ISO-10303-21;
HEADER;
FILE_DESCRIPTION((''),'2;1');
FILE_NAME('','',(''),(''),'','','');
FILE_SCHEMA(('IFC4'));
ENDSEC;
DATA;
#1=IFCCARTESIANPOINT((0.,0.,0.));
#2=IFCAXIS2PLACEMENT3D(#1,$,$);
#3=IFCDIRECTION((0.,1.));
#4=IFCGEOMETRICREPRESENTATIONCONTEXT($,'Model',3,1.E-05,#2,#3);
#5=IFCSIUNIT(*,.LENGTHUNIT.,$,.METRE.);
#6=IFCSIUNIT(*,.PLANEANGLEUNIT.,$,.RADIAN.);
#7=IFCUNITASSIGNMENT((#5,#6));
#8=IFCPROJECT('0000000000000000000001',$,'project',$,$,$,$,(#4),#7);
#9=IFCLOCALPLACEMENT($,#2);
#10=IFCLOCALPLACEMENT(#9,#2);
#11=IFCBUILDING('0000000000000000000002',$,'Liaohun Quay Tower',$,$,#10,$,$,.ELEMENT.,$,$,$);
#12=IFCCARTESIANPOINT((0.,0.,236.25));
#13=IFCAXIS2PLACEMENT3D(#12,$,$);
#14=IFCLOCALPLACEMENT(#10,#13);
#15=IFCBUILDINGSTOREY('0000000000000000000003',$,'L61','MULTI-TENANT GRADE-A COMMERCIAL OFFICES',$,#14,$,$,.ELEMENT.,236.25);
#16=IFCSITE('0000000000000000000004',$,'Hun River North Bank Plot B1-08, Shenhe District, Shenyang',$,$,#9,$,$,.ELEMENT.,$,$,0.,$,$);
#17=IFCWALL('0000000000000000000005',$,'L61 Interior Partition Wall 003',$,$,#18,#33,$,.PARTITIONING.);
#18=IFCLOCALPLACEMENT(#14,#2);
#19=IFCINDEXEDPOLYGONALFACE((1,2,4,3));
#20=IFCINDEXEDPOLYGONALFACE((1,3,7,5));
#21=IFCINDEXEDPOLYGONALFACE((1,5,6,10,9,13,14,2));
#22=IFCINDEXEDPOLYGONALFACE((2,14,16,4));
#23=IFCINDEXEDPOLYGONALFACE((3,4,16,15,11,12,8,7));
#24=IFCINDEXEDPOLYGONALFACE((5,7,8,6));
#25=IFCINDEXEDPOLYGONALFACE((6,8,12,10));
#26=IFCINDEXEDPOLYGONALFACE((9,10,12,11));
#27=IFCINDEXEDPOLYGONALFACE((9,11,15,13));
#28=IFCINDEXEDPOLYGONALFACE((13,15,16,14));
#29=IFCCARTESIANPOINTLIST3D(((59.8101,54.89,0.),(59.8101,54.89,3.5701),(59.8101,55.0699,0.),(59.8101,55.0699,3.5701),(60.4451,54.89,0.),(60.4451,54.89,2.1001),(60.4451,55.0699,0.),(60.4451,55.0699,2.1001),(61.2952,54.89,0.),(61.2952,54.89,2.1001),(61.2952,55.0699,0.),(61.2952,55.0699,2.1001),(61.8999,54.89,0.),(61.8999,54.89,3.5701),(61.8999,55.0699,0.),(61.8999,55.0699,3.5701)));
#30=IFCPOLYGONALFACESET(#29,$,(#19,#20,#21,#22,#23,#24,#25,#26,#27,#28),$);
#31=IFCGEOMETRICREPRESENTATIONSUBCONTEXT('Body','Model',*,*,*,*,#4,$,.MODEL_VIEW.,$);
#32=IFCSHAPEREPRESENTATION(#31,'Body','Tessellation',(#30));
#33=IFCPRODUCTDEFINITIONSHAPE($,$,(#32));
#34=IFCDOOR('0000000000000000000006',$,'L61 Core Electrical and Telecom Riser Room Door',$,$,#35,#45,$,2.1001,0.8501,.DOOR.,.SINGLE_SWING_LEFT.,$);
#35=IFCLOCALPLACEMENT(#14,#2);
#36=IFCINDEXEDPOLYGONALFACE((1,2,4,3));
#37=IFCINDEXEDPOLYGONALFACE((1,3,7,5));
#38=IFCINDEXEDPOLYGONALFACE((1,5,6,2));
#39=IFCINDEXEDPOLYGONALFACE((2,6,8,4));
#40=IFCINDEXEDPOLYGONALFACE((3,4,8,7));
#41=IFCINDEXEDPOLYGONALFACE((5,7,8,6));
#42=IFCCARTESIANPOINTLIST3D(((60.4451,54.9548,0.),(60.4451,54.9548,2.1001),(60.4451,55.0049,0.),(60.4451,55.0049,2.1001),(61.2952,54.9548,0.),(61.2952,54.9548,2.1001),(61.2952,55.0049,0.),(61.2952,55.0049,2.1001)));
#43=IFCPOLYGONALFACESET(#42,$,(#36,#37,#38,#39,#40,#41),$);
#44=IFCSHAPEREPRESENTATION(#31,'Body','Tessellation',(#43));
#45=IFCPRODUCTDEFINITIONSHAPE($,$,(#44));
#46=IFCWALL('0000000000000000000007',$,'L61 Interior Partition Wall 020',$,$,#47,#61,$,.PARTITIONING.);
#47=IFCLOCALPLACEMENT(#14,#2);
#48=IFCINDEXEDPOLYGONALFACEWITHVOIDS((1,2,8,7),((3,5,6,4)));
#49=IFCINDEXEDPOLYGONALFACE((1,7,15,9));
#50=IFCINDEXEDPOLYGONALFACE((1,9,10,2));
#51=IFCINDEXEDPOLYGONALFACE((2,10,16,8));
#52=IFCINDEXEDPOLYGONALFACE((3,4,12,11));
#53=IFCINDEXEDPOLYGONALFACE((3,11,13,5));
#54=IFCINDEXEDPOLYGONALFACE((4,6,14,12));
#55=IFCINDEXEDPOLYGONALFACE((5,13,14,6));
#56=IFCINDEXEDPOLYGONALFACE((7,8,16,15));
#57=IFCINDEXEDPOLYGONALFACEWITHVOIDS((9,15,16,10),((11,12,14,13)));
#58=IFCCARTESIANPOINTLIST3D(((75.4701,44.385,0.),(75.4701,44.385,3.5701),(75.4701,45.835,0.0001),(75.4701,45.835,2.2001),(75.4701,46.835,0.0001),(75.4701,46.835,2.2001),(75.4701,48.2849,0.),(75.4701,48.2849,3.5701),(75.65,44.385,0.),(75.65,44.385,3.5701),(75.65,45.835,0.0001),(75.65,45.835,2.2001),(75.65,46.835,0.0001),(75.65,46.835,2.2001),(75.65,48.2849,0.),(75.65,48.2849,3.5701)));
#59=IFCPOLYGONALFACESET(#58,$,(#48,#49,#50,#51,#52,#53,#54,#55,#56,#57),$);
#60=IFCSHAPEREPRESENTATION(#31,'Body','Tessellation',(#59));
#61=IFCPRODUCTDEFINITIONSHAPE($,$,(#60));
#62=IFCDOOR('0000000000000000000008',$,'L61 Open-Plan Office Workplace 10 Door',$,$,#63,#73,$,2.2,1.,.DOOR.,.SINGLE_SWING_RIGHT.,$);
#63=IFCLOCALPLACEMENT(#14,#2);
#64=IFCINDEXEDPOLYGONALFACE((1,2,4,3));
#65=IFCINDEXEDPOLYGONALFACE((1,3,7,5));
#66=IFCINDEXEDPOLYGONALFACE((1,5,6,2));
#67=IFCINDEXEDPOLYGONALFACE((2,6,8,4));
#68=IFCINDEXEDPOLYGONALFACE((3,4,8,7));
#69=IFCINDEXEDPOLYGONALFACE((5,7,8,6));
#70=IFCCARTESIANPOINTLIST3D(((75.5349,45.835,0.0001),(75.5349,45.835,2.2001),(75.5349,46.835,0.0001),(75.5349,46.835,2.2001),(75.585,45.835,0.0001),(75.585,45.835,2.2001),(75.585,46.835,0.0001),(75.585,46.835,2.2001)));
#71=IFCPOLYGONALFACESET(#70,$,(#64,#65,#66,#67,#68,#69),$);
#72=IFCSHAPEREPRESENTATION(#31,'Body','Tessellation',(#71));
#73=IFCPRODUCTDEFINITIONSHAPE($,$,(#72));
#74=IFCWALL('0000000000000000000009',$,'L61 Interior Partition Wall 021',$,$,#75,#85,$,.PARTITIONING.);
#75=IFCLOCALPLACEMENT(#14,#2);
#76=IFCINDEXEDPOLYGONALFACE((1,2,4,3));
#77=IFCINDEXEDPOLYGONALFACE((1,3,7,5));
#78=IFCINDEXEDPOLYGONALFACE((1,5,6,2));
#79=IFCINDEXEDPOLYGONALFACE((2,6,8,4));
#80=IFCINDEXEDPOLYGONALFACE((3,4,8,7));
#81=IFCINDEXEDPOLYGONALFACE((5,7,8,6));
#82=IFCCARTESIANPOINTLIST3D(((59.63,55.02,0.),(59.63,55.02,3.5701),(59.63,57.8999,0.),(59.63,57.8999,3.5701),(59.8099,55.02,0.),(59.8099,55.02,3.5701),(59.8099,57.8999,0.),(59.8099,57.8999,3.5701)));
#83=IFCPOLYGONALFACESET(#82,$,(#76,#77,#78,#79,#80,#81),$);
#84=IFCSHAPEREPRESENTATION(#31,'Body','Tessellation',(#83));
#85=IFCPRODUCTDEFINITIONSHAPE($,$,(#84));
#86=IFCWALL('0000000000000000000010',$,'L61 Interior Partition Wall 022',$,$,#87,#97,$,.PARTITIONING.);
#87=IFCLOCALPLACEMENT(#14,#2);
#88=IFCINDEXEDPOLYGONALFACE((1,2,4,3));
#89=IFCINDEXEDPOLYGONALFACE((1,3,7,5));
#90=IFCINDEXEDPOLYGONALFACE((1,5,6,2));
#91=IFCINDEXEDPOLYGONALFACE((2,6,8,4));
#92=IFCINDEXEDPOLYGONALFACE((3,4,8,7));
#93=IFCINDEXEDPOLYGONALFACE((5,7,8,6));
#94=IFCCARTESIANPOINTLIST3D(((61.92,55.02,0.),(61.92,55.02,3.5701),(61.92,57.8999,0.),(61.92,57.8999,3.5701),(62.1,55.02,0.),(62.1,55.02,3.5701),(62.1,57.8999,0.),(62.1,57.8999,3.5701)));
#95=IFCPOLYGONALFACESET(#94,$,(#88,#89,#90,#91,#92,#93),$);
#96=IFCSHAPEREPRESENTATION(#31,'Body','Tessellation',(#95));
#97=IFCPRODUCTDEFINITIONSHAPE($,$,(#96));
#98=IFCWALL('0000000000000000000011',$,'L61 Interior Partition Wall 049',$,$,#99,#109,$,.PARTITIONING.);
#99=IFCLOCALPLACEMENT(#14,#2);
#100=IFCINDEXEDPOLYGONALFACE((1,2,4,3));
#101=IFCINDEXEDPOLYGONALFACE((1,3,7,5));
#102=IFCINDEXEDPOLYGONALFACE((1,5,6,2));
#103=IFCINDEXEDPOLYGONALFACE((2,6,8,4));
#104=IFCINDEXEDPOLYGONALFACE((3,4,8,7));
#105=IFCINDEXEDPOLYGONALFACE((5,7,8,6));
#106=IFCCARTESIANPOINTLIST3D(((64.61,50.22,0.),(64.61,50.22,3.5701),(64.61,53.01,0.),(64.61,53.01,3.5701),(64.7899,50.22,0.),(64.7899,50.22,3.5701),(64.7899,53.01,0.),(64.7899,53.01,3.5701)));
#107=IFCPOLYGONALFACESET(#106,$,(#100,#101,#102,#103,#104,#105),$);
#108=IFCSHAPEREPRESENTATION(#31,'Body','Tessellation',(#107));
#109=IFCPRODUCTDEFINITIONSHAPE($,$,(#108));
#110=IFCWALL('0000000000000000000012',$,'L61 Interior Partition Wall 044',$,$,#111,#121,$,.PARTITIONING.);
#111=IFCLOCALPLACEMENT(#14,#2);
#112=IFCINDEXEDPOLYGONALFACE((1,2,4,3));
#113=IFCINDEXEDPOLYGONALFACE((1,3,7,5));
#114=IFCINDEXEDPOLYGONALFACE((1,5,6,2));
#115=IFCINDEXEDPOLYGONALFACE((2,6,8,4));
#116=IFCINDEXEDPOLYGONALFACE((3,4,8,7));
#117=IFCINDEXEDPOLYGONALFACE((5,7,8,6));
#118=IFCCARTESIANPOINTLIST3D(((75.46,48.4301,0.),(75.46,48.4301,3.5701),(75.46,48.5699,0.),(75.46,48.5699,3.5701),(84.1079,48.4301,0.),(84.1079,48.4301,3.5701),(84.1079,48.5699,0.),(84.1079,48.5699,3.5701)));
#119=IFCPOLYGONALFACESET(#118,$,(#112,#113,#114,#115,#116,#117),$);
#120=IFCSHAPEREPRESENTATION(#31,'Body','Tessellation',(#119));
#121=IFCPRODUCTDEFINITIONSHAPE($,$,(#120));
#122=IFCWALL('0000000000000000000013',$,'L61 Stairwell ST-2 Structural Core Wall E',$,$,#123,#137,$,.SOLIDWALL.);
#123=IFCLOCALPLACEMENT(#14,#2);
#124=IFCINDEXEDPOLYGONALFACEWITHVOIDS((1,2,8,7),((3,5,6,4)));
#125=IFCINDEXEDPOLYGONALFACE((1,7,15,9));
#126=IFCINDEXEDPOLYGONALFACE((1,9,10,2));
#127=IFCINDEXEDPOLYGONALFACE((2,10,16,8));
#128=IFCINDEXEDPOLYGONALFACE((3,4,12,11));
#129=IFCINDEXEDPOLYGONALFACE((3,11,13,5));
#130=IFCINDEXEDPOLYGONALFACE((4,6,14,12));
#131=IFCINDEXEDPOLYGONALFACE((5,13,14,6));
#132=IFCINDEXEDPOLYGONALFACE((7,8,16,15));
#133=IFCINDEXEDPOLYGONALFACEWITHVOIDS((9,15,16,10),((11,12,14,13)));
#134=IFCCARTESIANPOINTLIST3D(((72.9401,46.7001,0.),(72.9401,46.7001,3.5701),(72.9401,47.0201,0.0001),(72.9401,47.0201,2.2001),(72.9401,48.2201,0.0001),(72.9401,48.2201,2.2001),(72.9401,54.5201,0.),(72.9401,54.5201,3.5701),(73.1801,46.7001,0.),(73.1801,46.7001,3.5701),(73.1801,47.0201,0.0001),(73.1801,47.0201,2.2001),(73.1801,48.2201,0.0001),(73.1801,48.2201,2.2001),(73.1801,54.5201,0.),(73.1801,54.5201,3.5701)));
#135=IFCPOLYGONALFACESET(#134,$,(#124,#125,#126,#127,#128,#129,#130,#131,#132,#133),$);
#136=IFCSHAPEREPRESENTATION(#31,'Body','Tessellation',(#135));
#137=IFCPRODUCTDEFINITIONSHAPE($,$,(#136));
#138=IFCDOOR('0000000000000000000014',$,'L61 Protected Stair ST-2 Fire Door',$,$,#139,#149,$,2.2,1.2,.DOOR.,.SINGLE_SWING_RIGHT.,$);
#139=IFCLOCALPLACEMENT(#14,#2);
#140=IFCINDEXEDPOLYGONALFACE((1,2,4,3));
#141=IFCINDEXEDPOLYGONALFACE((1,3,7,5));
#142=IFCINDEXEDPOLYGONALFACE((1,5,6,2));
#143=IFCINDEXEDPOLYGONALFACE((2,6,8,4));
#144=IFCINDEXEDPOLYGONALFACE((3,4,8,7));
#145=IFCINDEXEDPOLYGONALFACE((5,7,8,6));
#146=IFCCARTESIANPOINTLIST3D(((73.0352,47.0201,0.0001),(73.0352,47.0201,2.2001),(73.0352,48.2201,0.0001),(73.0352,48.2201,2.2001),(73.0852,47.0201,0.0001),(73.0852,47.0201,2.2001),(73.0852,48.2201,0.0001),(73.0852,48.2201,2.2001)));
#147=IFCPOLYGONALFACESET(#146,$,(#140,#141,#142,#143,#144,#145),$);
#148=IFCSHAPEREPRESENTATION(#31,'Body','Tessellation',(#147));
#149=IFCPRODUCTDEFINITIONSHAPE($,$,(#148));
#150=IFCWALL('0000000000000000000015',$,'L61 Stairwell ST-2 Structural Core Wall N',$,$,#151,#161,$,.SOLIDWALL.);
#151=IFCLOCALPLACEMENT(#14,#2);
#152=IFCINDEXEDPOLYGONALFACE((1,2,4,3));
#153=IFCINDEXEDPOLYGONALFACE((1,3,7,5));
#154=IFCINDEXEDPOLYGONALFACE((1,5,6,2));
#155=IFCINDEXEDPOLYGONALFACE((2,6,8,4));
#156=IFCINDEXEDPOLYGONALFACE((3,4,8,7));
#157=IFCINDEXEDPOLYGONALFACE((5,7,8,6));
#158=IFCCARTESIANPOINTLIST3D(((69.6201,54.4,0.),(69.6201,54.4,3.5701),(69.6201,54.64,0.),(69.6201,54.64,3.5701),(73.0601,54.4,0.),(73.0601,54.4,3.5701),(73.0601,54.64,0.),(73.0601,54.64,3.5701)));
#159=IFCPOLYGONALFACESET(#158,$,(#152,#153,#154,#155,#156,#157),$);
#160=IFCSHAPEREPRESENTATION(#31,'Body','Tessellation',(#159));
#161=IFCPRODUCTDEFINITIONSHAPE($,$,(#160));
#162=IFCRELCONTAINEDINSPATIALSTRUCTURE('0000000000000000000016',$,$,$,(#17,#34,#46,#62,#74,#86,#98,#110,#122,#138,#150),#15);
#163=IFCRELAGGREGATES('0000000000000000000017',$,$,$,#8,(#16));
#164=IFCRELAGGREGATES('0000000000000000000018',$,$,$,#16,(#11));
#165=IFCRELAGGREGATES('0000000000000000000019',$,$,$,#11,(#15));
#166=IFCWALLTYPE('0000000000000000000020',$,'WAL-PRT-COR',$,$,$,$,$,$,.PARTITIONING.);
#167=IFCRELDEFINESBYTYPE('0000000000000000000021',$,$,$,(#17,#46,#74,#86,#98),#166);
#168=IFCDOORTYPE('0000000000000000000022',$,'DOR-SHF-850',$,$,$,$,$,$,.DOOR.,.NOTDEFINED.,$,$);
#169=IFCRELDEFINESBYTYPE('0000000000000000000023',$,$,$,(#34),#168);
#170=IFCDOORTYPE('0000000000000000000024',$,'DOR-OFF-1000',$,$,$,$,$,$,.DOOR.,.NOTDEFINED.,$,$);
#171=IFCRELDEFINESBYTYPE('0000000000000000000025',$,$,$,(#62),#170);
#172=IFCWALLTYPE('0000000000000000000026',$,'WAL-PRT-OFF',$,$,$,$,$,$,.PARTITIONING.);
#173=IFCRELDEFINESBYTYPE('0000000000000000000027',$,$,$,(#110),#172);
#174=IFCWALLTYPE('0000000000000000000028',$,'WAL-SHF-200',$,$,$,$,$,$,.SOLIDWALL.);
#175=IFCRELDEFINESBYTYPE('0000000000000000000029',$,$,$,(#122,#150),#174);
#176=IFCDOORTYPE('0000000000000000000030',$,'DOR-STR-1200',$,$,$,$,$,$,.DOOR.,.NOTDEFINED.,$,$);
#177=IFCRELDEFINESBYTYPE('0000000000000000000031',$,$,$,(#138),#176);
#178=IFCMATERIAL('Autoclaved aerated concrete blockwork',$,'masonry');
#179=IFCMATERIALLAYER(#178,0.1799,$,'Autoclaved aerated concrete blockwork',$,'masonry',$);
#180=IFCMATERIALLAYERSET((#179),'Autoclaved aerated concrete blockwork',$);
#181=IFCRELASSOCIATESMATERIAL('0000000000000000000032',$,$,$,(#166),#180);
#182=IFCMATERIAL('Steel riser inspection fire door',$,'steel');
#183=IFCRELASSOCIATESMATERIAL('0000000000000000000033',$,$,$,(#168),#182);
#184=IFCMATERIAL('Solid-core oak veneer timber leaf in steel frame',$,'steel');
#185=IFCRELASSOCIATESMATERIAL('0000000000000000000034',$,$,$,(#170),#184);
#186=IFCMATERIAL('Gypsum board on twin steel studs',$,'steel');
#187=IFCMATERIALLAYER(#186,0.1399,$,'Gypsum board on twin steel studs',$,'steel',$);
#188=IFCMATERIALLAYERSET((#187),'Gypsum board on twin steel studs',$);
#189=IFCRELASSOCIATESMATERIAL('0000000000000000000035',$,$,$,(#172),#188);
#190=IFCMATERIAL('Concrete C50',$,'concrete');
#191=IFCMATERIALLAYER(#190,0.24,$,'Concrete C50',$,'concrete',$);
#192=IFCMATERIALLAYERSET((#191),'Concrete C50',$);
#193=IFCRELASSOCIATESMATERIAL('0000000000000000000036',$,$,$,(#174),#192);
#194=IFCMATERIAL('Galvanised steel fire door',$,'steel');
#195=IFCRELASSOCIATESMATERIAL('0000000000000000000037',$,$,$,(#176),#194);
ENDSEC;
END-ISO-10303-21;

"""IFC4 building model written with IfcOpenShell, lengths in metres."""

from ifc_helpers import new_model, si_unit, direction, frame, frame_2d, origin, place, context, subcontext, project, spatial, rectangle, extrude, source, transform, mapped, material, layer, layer_set, type_object, element, fill, save


model = new_model("IFC4")

# Units and contexts
model_context = context("Model", 3, precision=1e-05, world=origin(), true_north=direction((0.0, 1.0)))
body_context = subcontext(model_context, "Body", "Model", "MODEL_VIEW")
ifc_project = project(units=[si_unit("LENGTHUNIT", "METRE"), si_unit("PLANEANGLEUNIT", "RADIAN")], contexts=[model_context])

# Site, building, storey
site_placement = place(None, origin())
site = spatial("IfcSite", under=ifc_project, at=site_placement, Name="Hun River North Bank Plot B1-08, Shenhe District, Shenyang", CompositionType="ELEMENT", RefElevation=0.0)
building_placement = place(site_placement, origin())
building = spatial("IfcBuilding", under=site, at=building_placement, Name="Liaohun Quay Tower", CompositionType="ELEMENT")
storey_placement = place(building_placement, frame((0.0, 0.0, 236.25)))
storey = spatial("IfcBuildingStorey", under=building, at=storey_placement, Name="L61", Description="MULTI-TENANT GRADE-A COMMERCIAL OFFICES", CompositionType="ELEMENT", Elevation=236.25)

# Walls, openings, doors
ifc_material_1 = material(Name="Autoclaved aerated concrete blockwork", Category="masonry")
ifc_layer_1 = layer(ifc_material_1, 0.1799, Name="Autoclaved aerated concrete blockwork", Category="masonry")
ifc_layer_set_1 = layer_set([ifc_layer_1], Name="Autoclaved aerated concrete blockwork")
wall_type_1 = type_object("IfcWallType", Name="WAL-PRT-COR", PredefinedType="PARTITIONING", material=ifc_layer_set_1)
wall_1_placement = place(storey_placement, frame((59.8101, 54.98, 0.0), z_axis=(0.0, 0.0, 1.0), x_axis=(1.0, 0.0, 0.0)))
wall_1 = element("IfcWall", 1, at=wall_1_placement, inside=storey, type_object=wall_type_1, Name="L61 Interior Partition Wall 003", PredefinedType="PARTITIONING", context=body_context, shape_type="SweptSolid", body=[
    extrude(rectangle(XDim=2.0898, YDim=0.1799, at=frame_2d((1.0449, 0.0))), origin(), (0.0, 0.0, 1.0), 3.5701),
])
shared_shape_1 = source(origin(), body_context, "Body", "SweptSolid", [
    extrude(rectangle(XDim=0.8501, YDim=2.1001, at=frame_2d((0.425, 1.05))), frame((0.0, 0.0999, 0.0), z_axis=(0.0, -1.0, 0.0), x_axis=(1.0, 0.0, 0.0)), (0.0, 0.0, 1.0), 0.2),
])
opening_1_placement = place(wall_1_placement, frame((0.635, 0.0, 0.0)))
opening_1 = element("IfcOpeningElement", 2, at=opening_1_placement, cuts=wall_1, PredefinedType="OPENING", context=body_context, shape_type="MappedRepresentation", body=[
    mapped(shared_shape_1, transform((0.0, 0.0, 0.0), x_axis=(1.0, 0.0, 0.0), y_axis=(0.0, 1.0, 0.0), z_axis=(0.0, 0.0, 1.0), scale=1.0)),
])
ifc_material_2 = material(Name="Steel riser inspection fire door", Category="steel")
door_type_1 = type_object("IfcDoorType", Name="DOR-SHF-850", OperationType="NOTDEFINED", PredefinedType="DOOR", material=ifc_material_2)
shared_shape_2 = source(origin(), body_context, "Body", "SweptSolid", [
    extrude(rectangle(XDim=0.8501, YDim=2.1001, at=frame_2d((0.425, 1.05))), frame((0.0, 0.0249, 0.0), z_axis=(0.0, -1.0, 0.0), x_axis=(1.0, 0.0, 0.0)), (0.0, 0.0, 1.0), 0.05),
])
door_1_placement = place(opening_1_placement, origin())
door_1 = element("IfcDoor", 3, at=door_1_placement, inside=storey, type_object=door_type_1, Name="L61 Core Electrical and Telecom Riser Room Door", OperationType="SINGLE_SWING_LEFT", OverallHeight=2.1001, OverallWidth=0.8501, PredefinedType="DOOR", context=body_context, shape_type="MappedRepresentation", body=[
    mapped(shared_shape_2, transform((0.0, 0.0, 0.0), x_axis=(1.0, 0.0, 0.0), y_axis=(0.0, 1.0, 0.0), z_axis=(0.0, 0.0, 1.0), scale=1.0)),
])
fill(opening_1, door_1)
wall_2_placement = place(storey_placement, frame((75.5601, 48.2849, 0.0), z_axis=(0.0, 0.0, 1.0), x_axis=(0.0, -1.0, 0.0)))
wall_2 = element("IfcWall", 4, at=wall_2_placement, inside=storey, type_object=wall_type_1, Name="L61 Interior Partition Wall 020", PredefinedType="PARTITIONING", context=body_context, shape_type="SweptSolid", body=[
    extrude(rectangle(XDim=3.8999, YDim=0.1799, at=frame_2d((1.95, 0.0))), origin(), (0.0, 0.0, 1.0), 3.5701),
])
shared_shape_3 = source(origin(), body_context, "Body", "SweptSolid", [
    extrude(rectangle(XDim=1.0, YDim=2.2, at=frame_2d((0.5, 1.1001))), frame((0.0, 0.0999, 0.0), z_axis=(0.0, -1.0, 0.0), x_axis=(1.0, 0.0, 0.0)), (0.0, 0.0, 1.0), 0.2),
])
opening_2_placement = place(wall_2_placement, frame((1.45, 0.0, 0.0)))
opening_2 = element("IfcOpeningElement", 5, at=opening_2_placement, cuts=wall_2, PredefinedType="OPENING", context=body_context, shape_type="MappedRepresentation", body=[
    mapped(shared_shape_3, transform((0.0, 0.0, 0.0), x_axis=(1.0, 0.0, 0.0), y_axis=(0.0, 1.0, 0.0), z_axis=(0.0, 0.0, 1.0), scale=1.0)),
])
ifc_material_3 = material(Name="Solid-core oak veneer timber leaf in steel frame", Category="steel")
door_type_2 = type_object("IfcDoorType", Name="DOR-OFF-1000", OperationType="NOTDEFINED", PredefinedType="DOOR", material=ifc_material_3)
shared_shape_4 = source(origin(), body_context, "Body", "SweptSolid", [
    extrude(rectangle(XDim=1.0, YDim=2.2, at=frame_2d((0.5, 1.1001))), frame((0.0, 0.0249, 0.0), z_axis=(0.0, -1.0, 0.0), x_axis=(1.0, 0.0, 0.0)), (0.0, 0.0, 1.0), 0.05),
])
door_2_placement = place(opening_2_placement, origin())
door_2 = element("IfcDoor", 6, at=door_2_placement, inside=storey, type_object=door_type_2, Name="L61 Open-Plan Office Workplace 10 Door", OperationType="SINGLE_SWING_RIGHT", OverallHeight=2.2, OverallWidth=1.0, PredefinedType="DOOR", context=body_context, shape_type="MappedRepresentation", body=[
    mapped(shared_shape_4, transform((0.0, 0.0, 0.0), x_axis=(1.0, 0.0, 0.0), y_axis=(0.0, 1.0, 0.0), z_axis=(0.0, 0.0, 1.0), scale=1.0)),
])
fill(opening_2, door_2)

# Walls
for number, where, z_axis, x_axis, name in (
    (7, (59.72, 55.02, 0.0), (0.0, 0.0, 1.0), (0.0, 1.0, 0.0), "L61 Interior Partition Wall 021"),
    (8, (62.01, 55.02, 0.0), (0.0, 0.0, 1.0), (0.0, 1.0, 0.0), "L61 Interior Partition Wall 022"),
):
    element("IfcWall", number, at=place(storey_placement, frame(where, z_axis=z_axis, x_axis=x_axis)), inside=storey, type_object=wall_type_1, Name=name, PredefinedType="PARTITIONING", context=body_context, shape_type="SweptSolid", body=[
        extrude(rectangle(XDim=2.8799, YDim=0.1799, at=frame_2d((1.4399, 0.0))), origin(), (0.0, 0.0, 1.0), 3.5701),
    ])
wall_3_placement = place(storey_placement, frame((64.7, 50.22, 0.0), z_axis=(0.0, 0.0, 1.0), x_axis=(0.0, 1.0, 0.0)))
element("IfcWall", 9, at=wall_3_placement, inside=storey, type_object=wall_type_1, Name="L61 Interior Partition Wall 049", PredefinedType="PARTITIONING", context=body_context, shape_type="SweptSolid", body=[
    extrude(rectangle(XDim=2.79, YDim=0.1799, at=frame_2d((1.395, 0.0))), origin(), (0.0, 0.0, 1.0), 3.5701),
])
ifc_material_4 = material(Name="Gypsum board on twin steel studs", Category="steel")
ifc_layer_2 = layer(ifc_material_4, 0.1399, Name="Gypsum board on twin steel studs", Category="steel")
ifc_layer_set_2 = layer_set([ifc_layer_2], Name="Gypsum board on twin steel studs")
wall_type_2 = type_object("IfcWallType", Name="WAL-PRT-OFF", PredefinedType="PARTITIONING", material=ifc_layer_set_2)
wall_4_placement = place(storey_placement, frame((75.46, 48.5, 0.0), z_axis=(0.0, 0.0, 1.0), x_axis=(1.0, 0.0, 0.0)))
element("IfcWall", 10, at=wall_4_placement, inside=storey, type_object=wall_type_2, Name="L61 Interior Partition Wall 044", PredefinedType="PARTITIONING", context=body_context, shape_type="SweptSolid", body=[
    extrude(rectangle(XDim=8.6479, YDim=0.1399, at=frame_2d((4.324, 0.0))), origin(), (0.0, 0.0, 1.0), 3.5701),
])

# Wall, opening, door
ifc_material_5 = material(Name="Concrete C50", Category="concrete")
ifc_layer_3 = layer(ifc_material_5, 0.24, Name="Concrete C50", Category="concrete")
ifc_layer_set_3 = layer_set([ifc_layer_3], Name="Concrete C50")
wall_type_3 = type_object("IfcWallType", Name="WAL-SHF-200", PredefinedType="SOLIDWALL", material=ifc_layer_set_3)
wall_5_placement = place(storey_placement, frame((73.0601, 46.7, 0.0), z_axis=(0.0, 0.0, 1.0), x_axis=(0.0, 1.0, 0.0)))
wall_5 = element("IfcWall", 11, at=wall_5_placement, inside=storey, type_object=wall_type_3, Name="L61 Stairwell ST-2 Structural Core Wall E", PredefinedType="SOLIDWALL", context=body_context, shape_type="SweptSolid", body=[
    extrude(rectangle(XDim=7.8201, YDim=0.24, at=frame_2d((3.9102, 0.0))), origin(), (0.0, 0.0, 1.0), 3.5701),
])
shared_shape_5 = source(origin(), body_context, "Body", "SweptSolid", [
    extrude(rectangle(XDim=1.2, YDim=2.2, at=frame_2d((0.6001, 1.1001))), frame((0.0, 0.1299, 0.0), z_axis=(0.0, -1.0, 0.0), x_axis=(1.0, 0.0, 0.0)), (0.0, 0.0, 1.0), 0.26),
])
opening_3_placement = place(wall_5_placement, frame((0.3201, 0.0, 0.0)))
opening_3 = element("IfcOpeningElement", 12, at=opening_3_placement, cuts=wall_5, PredefinedType="OPENING", context=body_context, shape_type="MappedRepresentation", body=[
    mapped(shared_shape_5, transform((0.0, 0.0, 0.0), x_axis=(1.0, 0.0, 0.0), y_axis=(0.0, 1.0, 0.0), z_axis=(0.0, 0.0, 1.0), scale=1.0)),
])
ifc_material_6 = material(Name="Galvanised steel fire door", Category="steel")
door_type_3 = type_object("IfcDoorType", Name="DOR-STR-1200", OperationType="NOTDEFINED", PredefinedType="DOOR", material=ifc_material_6)
shared_shape_6 = source(origin(), body_context, "Body", "SweptSolid", [
    extrude(rectangle(XDim=1.2, YDim=2.2, at=frame_2d((0.6001, 1.1001))), frame((0.0, 0.0249, 0.0), z_axis=(0.0, -1.0, 0.0), x_axis=(1.0, 0.0, 0.0)), (0.0, 0.0, 1.0), 0.05),
])
door_3_placement = place(opening_3_placement, origin())
door_3 = element("IfcDoor", 13, at=door_3_placement, inside=storey, type_object=door_type_3, Name="L61 Protected Stair ST-2 Fire Door", OperationType="SINGLE_SWING_RIGHT", OverallHeight=2.2, OverallWidth=1.2, PredefinedType="DOOR", context=body_context, shape_type="MappedRepresentation", body=[
    mapped(shared_shape_6, transform((0.0, 0.0, 0.0), x_axis=(1.0, 0.0, 0.0), y_axis=(0.0, 1.0, 0.0), z_axis=(0.0, 0.0, 1.0), scale=1.0)),
])
fill(opening_3, door_3)

# Wall
wall_6_placement = place(storey_placement, frame((73.0601, 54.52, 0.0), z_axis=(0.0, 0.0, 1.0), x_axis=(-1.0, 0.0, 0.0)))
element("IfcWall", 14, at=wall_6_placement, inside=storey, type_object=wall_type_3, Name="L61 Stairwell ST-2 Structural Core Wall N", PredefinedType="SOLIDWALL", context=body_context, shape_type="SweptSolid", body=[
    extrude(rectangle(XDim=3.4399, YDim=0.24, at=frame_2d((1.72, 0.0))), origin(), (0.0, 0.0, 1.0), 3.5701),
])

save(model, "model.ifc")
